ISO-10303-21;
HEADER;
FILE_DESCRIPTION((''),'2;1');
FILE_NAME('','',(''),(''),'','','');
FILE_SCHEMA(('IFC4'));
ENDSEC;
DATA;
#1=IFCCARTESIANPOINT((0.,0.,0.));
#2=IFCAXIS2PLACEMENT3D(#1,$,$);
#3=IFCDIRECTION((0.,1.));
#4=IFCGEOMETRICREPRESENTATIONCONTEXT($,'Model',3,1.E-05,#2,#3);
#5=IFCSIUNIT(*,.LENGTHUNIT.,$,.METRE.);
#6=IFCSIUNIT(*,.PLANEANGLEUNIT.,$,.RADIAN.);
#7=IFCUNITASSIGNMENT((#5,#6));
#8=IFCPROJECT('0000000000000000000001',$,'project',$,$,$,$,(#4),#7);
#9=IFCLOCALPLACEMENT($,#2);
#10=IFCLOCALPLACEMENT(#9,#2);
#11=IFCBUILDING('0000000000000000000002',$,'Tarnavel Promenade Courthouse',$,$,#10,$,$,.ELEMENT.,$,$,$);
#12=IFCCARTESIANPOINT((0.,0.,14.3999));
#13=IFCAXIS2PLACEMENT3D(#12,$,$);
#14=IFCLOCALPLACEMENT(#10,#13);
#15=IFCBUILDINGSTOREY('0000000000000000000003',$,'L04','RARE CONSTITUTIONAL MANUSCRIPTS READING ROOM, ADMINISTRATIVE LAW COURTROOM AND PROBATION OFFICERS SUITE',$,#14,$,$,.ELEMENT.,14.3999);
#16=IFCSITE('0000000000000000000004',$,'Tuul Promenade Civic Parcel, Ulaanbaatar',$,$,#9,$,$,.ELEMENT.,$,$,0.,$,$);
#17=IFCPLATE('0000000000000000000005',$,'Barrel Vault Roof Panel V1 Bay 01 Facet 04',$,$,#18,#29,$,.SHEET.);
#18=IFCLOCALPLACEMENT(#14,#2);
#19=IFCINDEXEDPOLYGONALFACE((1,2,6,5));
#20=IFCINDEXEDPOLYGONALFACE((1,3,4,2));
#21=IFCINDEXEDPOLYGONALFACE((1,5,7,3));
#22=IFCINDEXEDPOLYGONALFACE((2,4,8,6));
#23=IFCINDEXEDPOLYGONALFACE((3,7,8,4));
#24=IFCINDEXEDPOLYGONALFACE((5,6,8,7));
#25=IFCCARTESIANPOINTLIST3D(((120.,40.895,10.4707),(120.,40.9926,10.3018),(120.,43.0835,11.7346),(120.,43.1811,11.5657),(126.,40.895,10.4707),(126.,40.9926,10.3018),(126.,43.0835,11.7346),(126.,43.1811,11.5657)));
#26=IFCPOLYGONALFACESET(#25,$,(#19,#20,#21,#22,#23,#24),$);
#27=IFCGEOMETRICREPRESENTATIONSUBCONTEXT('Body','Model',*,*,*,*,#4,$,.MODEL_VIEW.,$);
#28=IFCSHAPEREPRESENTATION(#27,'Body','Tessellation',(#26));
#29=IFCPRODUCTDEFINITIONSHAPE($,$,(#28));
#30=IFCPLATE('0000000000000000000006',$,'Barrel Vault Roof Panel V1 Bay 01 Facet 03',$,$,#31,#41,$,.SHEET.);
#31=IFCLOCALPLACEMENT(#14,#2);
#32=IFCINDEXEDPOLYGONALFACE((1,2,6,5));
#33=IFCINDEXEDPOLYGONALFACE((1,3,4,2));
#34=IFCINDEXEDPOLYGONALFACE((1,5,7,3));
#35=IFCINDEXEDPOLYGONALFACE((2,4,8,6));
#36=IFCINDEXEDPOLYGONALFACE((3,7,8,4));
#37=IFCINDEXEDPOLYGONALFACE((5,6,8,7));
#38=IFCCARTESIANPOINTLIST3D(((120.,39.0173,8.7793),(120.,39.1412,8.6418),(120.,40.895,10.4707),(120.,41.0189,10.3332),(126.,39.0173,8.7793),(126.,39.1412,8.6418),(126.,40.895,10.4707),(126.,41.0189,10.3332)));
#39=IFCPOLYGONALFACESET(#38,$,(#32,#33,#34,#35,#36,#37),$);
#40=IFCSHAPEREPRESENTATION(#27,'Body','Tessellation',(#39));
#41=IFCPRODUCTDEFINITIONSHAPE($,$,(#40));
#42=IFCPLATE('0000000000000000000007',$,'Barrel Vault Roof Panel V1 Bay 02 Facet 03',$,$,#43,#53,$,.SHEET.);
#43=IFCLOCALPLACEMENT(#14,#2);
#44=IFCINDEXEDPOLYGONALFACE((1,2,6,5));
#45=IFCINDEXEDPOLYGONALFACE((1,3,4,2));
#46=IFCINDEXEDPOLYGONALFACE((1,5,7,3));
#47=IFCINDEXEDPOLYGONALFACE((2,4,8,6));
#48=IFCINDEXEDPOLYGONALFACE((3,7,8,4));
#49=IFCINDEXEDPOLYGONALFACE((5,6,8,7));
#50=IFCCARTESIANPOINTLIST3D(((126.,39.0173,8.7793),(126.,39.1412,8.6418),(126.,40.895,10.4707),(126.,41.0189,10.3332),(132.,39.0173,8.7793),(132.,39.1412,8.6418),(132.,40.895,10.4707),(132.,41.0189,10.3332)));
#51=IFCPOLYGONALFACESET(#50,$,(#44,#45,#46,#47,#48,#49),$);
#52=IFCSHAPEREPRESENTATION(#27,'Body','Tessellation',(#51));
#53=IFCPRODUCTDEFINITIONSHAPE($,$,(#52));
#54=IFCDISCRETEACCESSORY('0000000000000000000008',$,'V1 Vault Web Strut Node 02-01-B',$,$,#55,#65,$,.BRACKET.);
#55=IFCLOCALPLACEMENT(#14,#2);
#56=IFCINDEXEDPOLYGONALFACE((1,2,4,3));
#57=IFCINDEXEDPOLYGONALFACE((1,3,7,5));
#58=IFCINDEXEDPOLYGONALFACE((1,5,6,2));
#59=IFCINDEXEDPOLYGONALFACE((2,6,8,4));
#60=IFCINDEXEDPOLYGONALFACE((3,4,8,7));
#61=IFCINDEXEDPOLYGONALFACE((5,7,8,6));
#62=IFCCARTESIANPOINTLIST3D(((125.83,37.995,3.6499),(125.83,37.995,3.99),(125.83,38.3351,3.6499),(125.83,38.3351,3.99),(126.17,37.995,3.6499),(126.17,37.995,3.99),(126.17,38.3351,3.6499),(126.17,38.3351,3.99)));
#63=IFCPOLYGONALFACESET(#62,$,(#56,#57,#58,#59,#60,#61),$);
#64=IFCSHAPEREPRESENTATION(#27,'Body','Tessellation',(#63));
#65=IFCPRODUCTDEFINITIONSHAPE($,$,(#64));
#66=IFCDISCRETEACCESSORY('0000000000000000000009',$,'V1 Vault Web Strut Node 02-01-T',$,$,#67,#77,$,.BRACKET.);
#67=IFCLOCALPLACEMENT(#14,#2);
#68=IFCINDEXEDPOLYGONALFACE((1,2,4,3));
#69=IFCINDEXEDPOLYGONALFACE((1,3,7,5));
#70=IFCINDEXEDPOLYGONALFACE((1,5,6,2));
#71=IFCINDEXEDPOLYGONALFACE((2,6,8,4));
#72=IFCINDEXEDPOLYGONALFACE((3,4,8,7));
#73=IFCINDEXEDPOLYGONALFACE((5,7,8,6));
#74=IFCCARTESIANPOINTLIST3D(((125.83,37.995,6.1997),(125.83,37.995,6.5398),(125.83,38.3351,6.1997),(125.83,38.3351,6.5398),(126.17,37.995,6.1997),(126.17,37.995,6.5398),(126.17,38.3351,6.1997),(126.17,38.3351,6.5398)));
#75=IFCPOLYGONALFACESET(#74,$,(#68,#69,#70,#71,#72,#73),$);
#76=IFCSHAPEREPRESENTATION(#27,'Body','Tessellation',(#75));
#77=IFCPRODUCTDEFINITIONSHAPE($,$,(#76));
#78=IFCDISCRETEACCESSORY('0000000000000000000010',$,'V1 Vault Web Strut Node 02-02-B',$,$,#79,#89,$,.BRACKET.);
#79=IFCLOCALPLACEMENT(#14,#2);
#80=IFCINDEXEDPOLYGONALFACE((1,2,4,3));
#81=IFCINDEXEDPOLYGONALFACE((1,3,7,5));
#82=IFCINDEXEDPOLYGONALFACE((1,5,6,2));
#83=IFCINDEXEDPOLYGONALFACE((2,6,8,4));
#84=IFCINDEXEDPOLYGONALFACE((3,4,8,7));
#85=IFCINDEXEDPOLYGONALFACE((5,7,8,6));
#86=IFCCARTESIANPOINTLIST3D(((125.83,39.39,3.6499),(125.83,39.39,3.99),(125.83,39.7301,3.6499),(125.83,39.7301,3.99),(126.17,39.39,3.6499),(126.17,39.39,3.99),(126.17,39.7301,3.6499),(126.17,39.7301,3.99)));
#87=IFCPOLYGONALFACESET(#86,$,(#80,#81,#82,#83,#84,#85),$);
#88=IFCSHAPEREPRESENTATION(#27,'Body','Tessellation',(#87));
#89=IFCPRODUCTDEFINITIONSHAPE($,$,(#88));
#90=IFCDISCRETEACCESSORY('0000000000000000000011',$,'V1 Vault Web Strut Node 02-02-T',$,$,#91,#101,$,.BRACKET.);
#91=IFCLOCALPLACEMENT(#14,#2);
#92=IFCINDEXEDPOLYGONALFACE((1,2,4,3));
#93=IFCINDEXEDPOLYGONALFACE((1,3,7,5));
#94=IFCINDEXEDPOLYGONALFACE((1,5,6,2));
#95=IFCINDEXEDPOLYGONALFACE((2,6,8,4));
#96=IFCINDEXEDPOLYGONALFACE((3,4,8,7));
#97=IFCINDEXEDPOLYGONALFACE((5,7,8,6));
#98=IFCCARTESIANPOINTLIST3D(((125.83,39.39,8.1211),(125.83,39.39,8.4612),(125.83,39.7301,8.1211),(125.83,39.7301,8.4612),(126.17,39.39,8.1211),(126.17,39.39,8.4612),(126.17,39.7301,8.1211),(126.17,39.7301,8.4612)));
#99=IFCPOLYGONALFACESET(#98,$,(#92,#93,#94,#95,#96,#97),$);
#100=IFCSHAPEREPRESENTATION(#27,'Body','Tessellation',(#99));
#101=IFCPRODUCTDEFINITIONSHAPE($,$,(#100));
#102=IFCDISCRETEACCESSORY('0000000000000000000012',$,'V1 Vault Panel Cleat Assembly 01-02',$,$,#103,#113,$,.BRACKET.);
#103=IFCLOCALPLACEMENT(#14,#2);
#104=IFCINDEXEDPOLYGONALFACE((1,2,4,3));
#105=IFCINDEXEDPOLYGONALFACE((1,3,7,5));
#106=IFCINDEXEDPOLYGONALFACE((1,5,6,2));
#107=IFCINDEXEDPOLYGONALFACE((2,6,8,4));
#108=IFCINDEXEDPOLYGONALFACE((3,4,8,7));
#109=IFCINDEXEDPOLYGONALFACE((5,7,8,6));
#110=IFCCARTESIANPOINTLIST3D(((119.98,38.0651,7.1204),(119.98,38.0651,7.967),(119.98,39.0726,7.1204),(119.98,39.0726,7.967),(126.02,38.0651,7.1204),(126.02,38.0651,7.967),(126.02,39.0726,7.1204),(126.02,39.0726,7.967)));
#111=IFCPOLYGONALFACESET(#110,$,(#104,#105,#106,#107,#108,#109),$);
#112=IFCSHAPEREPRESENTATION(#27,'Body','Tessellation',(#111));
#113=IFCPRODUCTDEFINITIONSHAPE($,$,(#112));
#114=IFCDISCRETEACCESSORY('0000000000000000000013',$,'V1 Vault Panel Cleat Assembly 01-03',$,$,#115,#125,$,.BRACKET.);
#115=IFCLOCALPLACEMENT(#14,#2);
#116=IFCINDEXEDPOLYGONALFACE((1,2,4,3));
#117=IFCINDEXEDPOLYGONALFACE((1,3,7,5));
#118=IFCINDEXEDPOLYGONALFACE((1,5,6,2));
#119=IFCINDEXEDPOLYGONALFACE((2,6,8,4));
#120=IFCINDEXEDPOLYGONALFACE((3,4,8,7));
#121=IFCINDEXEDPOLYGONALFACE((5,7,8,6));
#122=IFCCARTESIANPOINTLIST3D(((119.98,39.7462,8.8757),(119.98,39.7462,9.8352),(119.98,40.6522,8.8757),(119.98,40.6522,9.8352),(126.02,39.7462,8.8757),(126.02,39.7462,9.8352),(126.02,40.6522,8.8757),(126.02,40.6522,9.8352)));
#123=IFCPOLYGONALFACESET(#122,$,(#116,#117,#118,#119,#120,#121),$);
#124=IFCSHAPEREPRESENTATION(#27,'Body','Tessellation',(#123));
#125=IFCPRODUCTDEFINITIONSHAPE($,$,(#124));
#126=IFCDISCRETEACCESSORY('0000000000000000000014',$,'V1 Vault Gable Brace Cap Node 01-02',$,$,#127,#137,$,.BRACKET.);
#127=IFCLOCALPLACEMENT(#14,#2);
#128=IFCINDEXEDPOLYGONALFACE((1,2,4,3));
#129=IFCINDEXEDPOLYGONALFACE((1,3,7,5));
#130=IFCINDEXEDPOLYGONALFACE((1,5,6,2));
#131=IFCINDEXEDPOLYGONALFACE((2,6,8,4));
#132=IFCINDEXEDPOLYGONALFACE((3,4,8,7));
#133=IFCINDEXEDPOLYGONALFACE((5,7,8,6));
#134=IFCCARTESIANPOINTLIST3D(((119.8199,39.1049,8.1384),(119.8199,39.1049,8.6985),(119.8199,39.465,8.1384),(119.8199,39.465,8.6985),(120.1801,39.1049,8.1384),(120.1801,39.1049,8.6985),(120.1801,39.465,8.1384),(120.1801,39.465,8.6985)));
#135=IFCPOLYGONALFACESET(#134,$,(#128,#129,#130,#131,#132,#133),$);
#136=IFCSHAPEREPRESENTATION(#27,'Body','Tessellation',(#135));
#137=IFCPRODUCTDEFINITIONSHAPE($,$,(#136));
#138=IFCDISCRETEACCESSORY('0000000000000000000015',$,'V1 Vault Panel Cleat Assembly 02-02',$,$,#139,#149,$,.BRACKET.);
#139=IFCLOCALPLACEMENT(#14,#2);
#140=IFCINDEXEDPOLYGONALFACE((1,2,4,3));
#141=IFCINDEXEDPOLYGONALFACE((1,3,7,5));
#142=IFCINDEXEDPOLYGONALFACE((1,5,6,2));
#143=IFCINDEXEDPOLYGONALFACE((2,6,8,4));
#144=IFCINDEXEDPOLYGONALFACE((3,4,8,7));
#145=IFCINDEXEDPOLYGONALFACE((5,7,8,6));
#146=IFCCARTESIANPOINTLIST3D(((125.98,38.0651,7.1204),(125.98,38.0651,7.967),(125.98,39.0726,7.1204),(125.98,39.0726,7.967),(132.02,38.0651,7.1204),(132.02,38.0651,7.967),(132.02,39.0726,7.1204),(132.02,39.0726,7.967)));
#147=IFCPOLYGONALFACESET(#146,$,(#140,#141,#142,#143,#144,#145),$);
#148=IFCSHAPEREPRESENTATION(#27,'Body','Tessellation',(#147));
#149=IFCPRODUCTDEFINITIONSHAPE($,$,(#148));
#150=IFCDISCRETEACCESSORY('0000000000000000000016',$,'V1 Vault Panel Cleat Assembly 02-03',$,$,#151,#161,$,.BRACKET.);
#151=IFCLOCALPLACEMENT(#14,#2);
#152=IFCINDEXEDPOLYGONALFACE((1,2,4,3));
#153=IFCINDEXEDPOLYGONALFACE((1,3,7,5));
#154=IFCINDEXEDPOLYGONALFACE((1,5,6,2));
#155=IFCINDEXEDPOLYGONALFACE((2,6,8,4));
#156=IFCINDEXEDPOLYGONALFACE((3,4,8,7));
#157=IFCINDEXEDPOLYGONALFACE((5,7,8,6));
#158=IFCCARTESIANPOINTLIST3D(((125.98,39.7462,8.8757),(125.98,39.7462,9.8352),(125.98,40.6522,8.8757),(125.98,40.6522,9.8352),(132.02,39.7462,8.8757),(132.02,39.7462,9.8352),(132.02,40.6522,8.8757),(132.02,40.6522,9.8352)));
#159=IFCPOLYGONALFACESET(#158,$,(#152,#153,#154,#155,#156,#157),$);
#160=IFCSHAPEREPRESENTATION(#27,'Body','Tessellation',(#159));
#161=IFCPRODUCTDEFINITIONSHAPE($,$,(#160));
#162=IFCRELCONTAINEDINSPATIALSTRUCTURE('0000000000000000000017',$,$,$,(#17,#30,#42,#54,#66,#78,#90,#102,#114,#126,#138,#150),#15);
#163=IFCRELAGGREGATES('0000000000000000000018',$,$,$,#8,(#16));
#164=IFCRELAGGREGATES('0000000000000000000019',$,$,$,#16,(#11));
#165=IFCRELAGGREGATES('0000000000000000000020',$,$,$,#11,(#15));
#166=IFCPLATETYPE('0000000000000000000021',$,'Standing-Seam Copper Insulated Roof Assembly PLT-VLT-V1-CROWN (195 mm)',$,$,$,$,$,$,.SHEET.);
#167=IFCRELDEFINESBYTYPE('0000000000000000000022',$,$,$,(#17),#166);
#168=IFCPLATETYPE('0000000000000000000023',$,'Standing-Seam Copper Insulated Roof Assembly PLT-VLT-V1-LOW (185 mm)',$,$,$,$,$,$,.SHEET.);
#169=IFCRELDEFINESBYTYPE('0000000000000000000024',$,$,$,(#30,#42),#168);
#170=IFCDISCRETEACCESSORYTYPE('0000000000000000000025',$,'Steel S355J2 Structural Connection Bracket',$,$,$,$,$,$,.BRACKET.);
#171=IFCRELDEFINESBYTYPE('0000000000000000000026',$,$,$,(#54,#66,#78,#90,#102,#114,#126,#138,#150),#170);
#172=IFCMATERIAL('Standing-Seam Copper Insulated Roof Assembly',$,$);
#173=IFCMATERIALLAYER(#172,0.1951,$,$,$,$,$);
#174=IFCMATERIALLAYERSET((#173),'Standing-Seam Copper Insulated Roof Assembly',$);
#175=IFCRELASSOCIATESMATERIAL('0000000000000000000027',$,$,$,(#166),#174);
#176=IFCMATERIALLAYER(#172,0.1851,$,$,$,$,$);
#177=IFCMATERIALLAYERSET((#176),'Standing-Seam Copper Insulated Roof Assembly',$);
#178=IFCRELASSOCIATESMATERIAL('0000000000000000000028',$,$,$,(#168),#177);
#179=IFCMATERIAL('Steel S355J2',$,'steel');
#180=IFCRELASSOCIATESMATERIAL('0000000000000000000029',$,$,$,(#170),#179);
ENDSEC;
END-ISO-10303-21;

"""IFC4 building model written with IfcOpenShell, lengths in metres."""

from ifc_helpers import new_model, si_unit, direction, frame, origin, origin_2d, place, context, subcontext, project, spatial, polyline, rectangle, outline, extrude, material, layer, layer_set, type_object, element, save


model = new_model("IFC4")

# Units and contexts
model_context = context("Model", 3, precision=1e-05, world=origin(), true_north=direction((0.0, 1.0)))
body_context = subcontext(model_context, "Body", "Model", "MODEL_VIEW")
ifc_project = project(units=[si_unit("LENGTHUNIT", "METRE"), si_unit("PLANEANGLEUNIT", "RADIAN")], contexts=[model_context])

# Site, building, storey
site_placement = place(None, origin())
site = spatial("IfcSite", under=ifc_project, at=site_placement, Name="Tuul Promenade Civic Parcel, Ulaanbaatar", CompositionType="ELEMENT", RefElevation=0.0)
building_placement = place(site_placement, origin())
building = spatial("IfcBuilding", under=site, at=building_placement, Name="Tarnavel Promenade Courthouse", CompositionType="ELEMENT")
storey_placement = place(building_placement, frame((0.0, 0.0, 14.3999)))
storey = spatial("IfcBuildingStorey", under=building, at=storey_placement, Name="L04", Description="RARE CONSTITUTIONAL MANUSCRIPTS READING ROOM, ADMINISTRATIVE LAW COURTROOM AND PROBATION OFFICERS SUITE", CompositionType="ELEMENT", Elevation=14.3999)

# Shared definitions
ifc_material_1 = material(Name="Steel S355J2", Category="steel")

# Plates
ifc_material_2 = material(Name="Standing-Seam Copper Insulated Roof Assembly")
ifc_layer_1 = layer(ifc_material_2, 0.1951)
ifc_layer_set_1 = layer_set([ifc_layer_1], Name="Standing-Seam Copper Insulated Roof Assembly")
plate_type_1 = type_object("IfcPlateType", Name="Standing-Seam Copper Insulated Roof Assembly PLT-VLT-V1-CROWN (195 mm)", PredefinedType="SHEET", material=ifc_layer_set_1)
plate_placement = place(storey_placement, frame((120.0, 40.895, 10.4707), z_axis=(0.0, -0.500118, 0.865957), x_axis=(1.0, 0.0, 0.0)))
element("IfcPlate", 1, at=plate_placement, inside=storey, type_object=plate_type_1, Name="Barrel Vault Roof Panel V1 Bay 01 Facet 04", PredefinedType="SHEET", context=body_context, shape_type="SweptSolid", body=[
    extrude(outline(polyline([(0.0, 0.0), (6.0, 0.0), (6.0, 2.5272), (0.0, 2.5272), (0.0, 0.0)])), origin(), (0.0, 0.0, -1.0), 0.1951),
])
ifc_layer_2 = layer(ifc_material_2, 0.1851)
ifc_layer_set_2 = layer_set([ifc_layer_2], Name="Standing-Seam Copper Insulated Roof Assembly")
plate_type_2 = type_object("IfcPlateType", Name="Standing-Seam Copper Insulated Roof Assembly PLT-VLT-V1-LOW (185 mm)", PredefinedType="SHEET", material=ifc_layer_set_2)
for number, where, z_axis, x_axis, name in (
    (2, (120.0, 39.0173, 8.7793), (0.0, -0.66929, 0.743001), (1.0, 0.0, 0.0), "Barrel Vault Roof Panel V1 Bay 01 Facet 03"),
    (3, (126.0, 39.0173, 8.7793), (0.0, -0.66929, 0.743001), (1.0, 0.0, 0.0), "Barrel Vault Roof Panel V1 Bay 02 Facet 03"),
):
    element("IfcPlate", number, at=place(storey_placement, frame(where, z_axis=z_axis, x_axis=x_axis)), inside=storey, type_object=plate_type_2, Name=name, PredefinedType="SHEET", context=body_context, shape_type="SweptSolid", body=[
        extrude(outline(polyline([(0.0, 0.0), (6.0, 0.0), (6.0, 2.5272), (0.0, 2.5272), (0.0, 0.0)])), origin(), (0.0, 0.0, -1.0), 0.1851),
    ])

# Discrete accessories
discrete_accessory_type = type_object("IfcDiscreteAccessoryType", Name="Steel S355J2 Structural Connection Bracket", PredefinedType="BRACKET", material=ifc_material_1)
for number, where, z_axis, x_axis, name in (
    (4, (126.0, 38.165, 3.6499), (0.0, 0.0, 1.0), (1.0, 0.0, 0.0), "V1 Vault Web Strut Node 02-01-B"),
    (5, (126.0, 38.165, 6.1997), (0.0, 0.0, 1.0), (1.0, 0.0, 0.0), "V1 Vault Web Strut Node 02-01-T"),
    (6, (126.0, 39.5601, 3.6499), (0.0, 0.0, 1.0), (1.0, 0.0, 0.0), "V1 Vault Web Strut Node 02-02-B"),
    (7, (126.0, 39.5601, 8.1211), (0.0, 0.0, 1.0), (1.0, 0.0, 0.0), "V1 Vault Web Strut Node 02-02-T"),
):
    element("IfcDiscreteAccessory", number, at=place(storey_placement, frame(where, z_axis=z_axis, x_axis=x_axis)), inside=storey, type_object=discrete_accessory_type, Name=name, PredefinedType="BRACKET", context=body_context, shape_type="SweptSolid", body=[
        extrude(rectangle(XDim=0.3401, YDim=0.3401, at=origin_2d()), origin(), (0.0, 0.0, 1.0), 0.3401),
    ])
discrete_accessory_1_placement = place(storey_placement, frame((123.0, 38.5688, 7.1204), z_axis=(0.0, 0.0, 1.0), x_axis=(1.0, 0.0, 0.0)))
element("IfcDiscreteAccessory", 8, at=discrete_accessory_1_placement, inside=storey, type_object=discrete_accessory_type, Name="V1 Vault Panel Cleat Assembly 01-02", PredefinedType="BRACKET", context=body_context, shape_type="SweptSolid", body=[
    extrude(rectangle(XDim=6.04, YDim=1.0076, at=origin_2d()), origin(), (0.0, 0.0, 1.0), 0.8467),
])
discrete_accessory_2_placement = place(storey_placement, frame((123.0, 40.1992, 8.8757), z_axis=(0.0, 0.0, 1.0), x_axis=(1.0, 0.0, 0.0)))
element("IfcDiscreteAccessory", 9, at=discrete_accessory_2_placement, inside=storey, type_object=discrete_accessory_type, Name="V1 Vault Panel Cleat Assembly 01-03", PredefinedType="BRACKET", context=body_context, shape_type="SweptSolid", body=[
    extrude(rectangle(XDim=6.04, YDim=0.906, at=origin_2d()), origin(), (0.0, 0.0, 1.0), 0.9595),
])
discrete_accessory_3_placement = place(storey_placement, frame((120.0, 39.2849, 8.1384), z_axis=(0.0, 0.0, 1.0), x_axis=(1.0, 0.0, 0.0)))
element("IfcDiscreteAccessory", 10, at=discrete_accessory_3_placement, inside=storey, type_object=discrete_accessory_type, Name="V1 Vault Gable Brace Cap Node 01-02", PredefinedType="BRACKET", context=body_context, shape_type="SweptSolid", body=[
    extrude(rectangle(XDim=0.3601, YDim=0.3601, at=origin_2d()), origin(), (0.0, 0.0, 1.0), 0.5601),
])
discrete_accessory_4_placement = place(storey_placement, frame((129.0, 38.5688, 7.1204), z_axis=(0.0, 0.0, 1.0), x_axis=(1.0, 0.0, 0.0)))
element("IfcDiscreteAccessory", 11, at=discrete_accessory_4_placement, inside=storey, type_object=discrete_accessory_type, Name="V1 Vault Panel Cleat Assembly 02-02", PredefinedType="BRACKET", context=body_context, shape_type="SweptSolid", body=[
    extrude(rectangle(XDim=6.04, YDim=1.0076, at=origin_2d()), origin(), (0.0, 0.0, 1.0), 0.8467),
])
discrete_accessory_5_placement = place(storey_placement, frame((129.0, 40.1992, 8.8757), z_axis=(0.0, 0.0, 1.0), x_axis=(1.0, 0.0, 0.0)))
element("IfcDiscreteAccessory", 12, at=discrete_accessory_5_placement, inside=storey, type_object=discrete_accessory_type, Name="V1 Vault Panel Cleat Assembly 02-03", PredefinedType="BRACKET", context=body_context, shape_type="SweptSolid", body=[
    extrude(rectangle(XDim=6.04, YDim=0.906, at=origin_2d()), origin(), (0.0, 0.0, 1.0), 0.9595),
])

save(model, "model.ifc")
